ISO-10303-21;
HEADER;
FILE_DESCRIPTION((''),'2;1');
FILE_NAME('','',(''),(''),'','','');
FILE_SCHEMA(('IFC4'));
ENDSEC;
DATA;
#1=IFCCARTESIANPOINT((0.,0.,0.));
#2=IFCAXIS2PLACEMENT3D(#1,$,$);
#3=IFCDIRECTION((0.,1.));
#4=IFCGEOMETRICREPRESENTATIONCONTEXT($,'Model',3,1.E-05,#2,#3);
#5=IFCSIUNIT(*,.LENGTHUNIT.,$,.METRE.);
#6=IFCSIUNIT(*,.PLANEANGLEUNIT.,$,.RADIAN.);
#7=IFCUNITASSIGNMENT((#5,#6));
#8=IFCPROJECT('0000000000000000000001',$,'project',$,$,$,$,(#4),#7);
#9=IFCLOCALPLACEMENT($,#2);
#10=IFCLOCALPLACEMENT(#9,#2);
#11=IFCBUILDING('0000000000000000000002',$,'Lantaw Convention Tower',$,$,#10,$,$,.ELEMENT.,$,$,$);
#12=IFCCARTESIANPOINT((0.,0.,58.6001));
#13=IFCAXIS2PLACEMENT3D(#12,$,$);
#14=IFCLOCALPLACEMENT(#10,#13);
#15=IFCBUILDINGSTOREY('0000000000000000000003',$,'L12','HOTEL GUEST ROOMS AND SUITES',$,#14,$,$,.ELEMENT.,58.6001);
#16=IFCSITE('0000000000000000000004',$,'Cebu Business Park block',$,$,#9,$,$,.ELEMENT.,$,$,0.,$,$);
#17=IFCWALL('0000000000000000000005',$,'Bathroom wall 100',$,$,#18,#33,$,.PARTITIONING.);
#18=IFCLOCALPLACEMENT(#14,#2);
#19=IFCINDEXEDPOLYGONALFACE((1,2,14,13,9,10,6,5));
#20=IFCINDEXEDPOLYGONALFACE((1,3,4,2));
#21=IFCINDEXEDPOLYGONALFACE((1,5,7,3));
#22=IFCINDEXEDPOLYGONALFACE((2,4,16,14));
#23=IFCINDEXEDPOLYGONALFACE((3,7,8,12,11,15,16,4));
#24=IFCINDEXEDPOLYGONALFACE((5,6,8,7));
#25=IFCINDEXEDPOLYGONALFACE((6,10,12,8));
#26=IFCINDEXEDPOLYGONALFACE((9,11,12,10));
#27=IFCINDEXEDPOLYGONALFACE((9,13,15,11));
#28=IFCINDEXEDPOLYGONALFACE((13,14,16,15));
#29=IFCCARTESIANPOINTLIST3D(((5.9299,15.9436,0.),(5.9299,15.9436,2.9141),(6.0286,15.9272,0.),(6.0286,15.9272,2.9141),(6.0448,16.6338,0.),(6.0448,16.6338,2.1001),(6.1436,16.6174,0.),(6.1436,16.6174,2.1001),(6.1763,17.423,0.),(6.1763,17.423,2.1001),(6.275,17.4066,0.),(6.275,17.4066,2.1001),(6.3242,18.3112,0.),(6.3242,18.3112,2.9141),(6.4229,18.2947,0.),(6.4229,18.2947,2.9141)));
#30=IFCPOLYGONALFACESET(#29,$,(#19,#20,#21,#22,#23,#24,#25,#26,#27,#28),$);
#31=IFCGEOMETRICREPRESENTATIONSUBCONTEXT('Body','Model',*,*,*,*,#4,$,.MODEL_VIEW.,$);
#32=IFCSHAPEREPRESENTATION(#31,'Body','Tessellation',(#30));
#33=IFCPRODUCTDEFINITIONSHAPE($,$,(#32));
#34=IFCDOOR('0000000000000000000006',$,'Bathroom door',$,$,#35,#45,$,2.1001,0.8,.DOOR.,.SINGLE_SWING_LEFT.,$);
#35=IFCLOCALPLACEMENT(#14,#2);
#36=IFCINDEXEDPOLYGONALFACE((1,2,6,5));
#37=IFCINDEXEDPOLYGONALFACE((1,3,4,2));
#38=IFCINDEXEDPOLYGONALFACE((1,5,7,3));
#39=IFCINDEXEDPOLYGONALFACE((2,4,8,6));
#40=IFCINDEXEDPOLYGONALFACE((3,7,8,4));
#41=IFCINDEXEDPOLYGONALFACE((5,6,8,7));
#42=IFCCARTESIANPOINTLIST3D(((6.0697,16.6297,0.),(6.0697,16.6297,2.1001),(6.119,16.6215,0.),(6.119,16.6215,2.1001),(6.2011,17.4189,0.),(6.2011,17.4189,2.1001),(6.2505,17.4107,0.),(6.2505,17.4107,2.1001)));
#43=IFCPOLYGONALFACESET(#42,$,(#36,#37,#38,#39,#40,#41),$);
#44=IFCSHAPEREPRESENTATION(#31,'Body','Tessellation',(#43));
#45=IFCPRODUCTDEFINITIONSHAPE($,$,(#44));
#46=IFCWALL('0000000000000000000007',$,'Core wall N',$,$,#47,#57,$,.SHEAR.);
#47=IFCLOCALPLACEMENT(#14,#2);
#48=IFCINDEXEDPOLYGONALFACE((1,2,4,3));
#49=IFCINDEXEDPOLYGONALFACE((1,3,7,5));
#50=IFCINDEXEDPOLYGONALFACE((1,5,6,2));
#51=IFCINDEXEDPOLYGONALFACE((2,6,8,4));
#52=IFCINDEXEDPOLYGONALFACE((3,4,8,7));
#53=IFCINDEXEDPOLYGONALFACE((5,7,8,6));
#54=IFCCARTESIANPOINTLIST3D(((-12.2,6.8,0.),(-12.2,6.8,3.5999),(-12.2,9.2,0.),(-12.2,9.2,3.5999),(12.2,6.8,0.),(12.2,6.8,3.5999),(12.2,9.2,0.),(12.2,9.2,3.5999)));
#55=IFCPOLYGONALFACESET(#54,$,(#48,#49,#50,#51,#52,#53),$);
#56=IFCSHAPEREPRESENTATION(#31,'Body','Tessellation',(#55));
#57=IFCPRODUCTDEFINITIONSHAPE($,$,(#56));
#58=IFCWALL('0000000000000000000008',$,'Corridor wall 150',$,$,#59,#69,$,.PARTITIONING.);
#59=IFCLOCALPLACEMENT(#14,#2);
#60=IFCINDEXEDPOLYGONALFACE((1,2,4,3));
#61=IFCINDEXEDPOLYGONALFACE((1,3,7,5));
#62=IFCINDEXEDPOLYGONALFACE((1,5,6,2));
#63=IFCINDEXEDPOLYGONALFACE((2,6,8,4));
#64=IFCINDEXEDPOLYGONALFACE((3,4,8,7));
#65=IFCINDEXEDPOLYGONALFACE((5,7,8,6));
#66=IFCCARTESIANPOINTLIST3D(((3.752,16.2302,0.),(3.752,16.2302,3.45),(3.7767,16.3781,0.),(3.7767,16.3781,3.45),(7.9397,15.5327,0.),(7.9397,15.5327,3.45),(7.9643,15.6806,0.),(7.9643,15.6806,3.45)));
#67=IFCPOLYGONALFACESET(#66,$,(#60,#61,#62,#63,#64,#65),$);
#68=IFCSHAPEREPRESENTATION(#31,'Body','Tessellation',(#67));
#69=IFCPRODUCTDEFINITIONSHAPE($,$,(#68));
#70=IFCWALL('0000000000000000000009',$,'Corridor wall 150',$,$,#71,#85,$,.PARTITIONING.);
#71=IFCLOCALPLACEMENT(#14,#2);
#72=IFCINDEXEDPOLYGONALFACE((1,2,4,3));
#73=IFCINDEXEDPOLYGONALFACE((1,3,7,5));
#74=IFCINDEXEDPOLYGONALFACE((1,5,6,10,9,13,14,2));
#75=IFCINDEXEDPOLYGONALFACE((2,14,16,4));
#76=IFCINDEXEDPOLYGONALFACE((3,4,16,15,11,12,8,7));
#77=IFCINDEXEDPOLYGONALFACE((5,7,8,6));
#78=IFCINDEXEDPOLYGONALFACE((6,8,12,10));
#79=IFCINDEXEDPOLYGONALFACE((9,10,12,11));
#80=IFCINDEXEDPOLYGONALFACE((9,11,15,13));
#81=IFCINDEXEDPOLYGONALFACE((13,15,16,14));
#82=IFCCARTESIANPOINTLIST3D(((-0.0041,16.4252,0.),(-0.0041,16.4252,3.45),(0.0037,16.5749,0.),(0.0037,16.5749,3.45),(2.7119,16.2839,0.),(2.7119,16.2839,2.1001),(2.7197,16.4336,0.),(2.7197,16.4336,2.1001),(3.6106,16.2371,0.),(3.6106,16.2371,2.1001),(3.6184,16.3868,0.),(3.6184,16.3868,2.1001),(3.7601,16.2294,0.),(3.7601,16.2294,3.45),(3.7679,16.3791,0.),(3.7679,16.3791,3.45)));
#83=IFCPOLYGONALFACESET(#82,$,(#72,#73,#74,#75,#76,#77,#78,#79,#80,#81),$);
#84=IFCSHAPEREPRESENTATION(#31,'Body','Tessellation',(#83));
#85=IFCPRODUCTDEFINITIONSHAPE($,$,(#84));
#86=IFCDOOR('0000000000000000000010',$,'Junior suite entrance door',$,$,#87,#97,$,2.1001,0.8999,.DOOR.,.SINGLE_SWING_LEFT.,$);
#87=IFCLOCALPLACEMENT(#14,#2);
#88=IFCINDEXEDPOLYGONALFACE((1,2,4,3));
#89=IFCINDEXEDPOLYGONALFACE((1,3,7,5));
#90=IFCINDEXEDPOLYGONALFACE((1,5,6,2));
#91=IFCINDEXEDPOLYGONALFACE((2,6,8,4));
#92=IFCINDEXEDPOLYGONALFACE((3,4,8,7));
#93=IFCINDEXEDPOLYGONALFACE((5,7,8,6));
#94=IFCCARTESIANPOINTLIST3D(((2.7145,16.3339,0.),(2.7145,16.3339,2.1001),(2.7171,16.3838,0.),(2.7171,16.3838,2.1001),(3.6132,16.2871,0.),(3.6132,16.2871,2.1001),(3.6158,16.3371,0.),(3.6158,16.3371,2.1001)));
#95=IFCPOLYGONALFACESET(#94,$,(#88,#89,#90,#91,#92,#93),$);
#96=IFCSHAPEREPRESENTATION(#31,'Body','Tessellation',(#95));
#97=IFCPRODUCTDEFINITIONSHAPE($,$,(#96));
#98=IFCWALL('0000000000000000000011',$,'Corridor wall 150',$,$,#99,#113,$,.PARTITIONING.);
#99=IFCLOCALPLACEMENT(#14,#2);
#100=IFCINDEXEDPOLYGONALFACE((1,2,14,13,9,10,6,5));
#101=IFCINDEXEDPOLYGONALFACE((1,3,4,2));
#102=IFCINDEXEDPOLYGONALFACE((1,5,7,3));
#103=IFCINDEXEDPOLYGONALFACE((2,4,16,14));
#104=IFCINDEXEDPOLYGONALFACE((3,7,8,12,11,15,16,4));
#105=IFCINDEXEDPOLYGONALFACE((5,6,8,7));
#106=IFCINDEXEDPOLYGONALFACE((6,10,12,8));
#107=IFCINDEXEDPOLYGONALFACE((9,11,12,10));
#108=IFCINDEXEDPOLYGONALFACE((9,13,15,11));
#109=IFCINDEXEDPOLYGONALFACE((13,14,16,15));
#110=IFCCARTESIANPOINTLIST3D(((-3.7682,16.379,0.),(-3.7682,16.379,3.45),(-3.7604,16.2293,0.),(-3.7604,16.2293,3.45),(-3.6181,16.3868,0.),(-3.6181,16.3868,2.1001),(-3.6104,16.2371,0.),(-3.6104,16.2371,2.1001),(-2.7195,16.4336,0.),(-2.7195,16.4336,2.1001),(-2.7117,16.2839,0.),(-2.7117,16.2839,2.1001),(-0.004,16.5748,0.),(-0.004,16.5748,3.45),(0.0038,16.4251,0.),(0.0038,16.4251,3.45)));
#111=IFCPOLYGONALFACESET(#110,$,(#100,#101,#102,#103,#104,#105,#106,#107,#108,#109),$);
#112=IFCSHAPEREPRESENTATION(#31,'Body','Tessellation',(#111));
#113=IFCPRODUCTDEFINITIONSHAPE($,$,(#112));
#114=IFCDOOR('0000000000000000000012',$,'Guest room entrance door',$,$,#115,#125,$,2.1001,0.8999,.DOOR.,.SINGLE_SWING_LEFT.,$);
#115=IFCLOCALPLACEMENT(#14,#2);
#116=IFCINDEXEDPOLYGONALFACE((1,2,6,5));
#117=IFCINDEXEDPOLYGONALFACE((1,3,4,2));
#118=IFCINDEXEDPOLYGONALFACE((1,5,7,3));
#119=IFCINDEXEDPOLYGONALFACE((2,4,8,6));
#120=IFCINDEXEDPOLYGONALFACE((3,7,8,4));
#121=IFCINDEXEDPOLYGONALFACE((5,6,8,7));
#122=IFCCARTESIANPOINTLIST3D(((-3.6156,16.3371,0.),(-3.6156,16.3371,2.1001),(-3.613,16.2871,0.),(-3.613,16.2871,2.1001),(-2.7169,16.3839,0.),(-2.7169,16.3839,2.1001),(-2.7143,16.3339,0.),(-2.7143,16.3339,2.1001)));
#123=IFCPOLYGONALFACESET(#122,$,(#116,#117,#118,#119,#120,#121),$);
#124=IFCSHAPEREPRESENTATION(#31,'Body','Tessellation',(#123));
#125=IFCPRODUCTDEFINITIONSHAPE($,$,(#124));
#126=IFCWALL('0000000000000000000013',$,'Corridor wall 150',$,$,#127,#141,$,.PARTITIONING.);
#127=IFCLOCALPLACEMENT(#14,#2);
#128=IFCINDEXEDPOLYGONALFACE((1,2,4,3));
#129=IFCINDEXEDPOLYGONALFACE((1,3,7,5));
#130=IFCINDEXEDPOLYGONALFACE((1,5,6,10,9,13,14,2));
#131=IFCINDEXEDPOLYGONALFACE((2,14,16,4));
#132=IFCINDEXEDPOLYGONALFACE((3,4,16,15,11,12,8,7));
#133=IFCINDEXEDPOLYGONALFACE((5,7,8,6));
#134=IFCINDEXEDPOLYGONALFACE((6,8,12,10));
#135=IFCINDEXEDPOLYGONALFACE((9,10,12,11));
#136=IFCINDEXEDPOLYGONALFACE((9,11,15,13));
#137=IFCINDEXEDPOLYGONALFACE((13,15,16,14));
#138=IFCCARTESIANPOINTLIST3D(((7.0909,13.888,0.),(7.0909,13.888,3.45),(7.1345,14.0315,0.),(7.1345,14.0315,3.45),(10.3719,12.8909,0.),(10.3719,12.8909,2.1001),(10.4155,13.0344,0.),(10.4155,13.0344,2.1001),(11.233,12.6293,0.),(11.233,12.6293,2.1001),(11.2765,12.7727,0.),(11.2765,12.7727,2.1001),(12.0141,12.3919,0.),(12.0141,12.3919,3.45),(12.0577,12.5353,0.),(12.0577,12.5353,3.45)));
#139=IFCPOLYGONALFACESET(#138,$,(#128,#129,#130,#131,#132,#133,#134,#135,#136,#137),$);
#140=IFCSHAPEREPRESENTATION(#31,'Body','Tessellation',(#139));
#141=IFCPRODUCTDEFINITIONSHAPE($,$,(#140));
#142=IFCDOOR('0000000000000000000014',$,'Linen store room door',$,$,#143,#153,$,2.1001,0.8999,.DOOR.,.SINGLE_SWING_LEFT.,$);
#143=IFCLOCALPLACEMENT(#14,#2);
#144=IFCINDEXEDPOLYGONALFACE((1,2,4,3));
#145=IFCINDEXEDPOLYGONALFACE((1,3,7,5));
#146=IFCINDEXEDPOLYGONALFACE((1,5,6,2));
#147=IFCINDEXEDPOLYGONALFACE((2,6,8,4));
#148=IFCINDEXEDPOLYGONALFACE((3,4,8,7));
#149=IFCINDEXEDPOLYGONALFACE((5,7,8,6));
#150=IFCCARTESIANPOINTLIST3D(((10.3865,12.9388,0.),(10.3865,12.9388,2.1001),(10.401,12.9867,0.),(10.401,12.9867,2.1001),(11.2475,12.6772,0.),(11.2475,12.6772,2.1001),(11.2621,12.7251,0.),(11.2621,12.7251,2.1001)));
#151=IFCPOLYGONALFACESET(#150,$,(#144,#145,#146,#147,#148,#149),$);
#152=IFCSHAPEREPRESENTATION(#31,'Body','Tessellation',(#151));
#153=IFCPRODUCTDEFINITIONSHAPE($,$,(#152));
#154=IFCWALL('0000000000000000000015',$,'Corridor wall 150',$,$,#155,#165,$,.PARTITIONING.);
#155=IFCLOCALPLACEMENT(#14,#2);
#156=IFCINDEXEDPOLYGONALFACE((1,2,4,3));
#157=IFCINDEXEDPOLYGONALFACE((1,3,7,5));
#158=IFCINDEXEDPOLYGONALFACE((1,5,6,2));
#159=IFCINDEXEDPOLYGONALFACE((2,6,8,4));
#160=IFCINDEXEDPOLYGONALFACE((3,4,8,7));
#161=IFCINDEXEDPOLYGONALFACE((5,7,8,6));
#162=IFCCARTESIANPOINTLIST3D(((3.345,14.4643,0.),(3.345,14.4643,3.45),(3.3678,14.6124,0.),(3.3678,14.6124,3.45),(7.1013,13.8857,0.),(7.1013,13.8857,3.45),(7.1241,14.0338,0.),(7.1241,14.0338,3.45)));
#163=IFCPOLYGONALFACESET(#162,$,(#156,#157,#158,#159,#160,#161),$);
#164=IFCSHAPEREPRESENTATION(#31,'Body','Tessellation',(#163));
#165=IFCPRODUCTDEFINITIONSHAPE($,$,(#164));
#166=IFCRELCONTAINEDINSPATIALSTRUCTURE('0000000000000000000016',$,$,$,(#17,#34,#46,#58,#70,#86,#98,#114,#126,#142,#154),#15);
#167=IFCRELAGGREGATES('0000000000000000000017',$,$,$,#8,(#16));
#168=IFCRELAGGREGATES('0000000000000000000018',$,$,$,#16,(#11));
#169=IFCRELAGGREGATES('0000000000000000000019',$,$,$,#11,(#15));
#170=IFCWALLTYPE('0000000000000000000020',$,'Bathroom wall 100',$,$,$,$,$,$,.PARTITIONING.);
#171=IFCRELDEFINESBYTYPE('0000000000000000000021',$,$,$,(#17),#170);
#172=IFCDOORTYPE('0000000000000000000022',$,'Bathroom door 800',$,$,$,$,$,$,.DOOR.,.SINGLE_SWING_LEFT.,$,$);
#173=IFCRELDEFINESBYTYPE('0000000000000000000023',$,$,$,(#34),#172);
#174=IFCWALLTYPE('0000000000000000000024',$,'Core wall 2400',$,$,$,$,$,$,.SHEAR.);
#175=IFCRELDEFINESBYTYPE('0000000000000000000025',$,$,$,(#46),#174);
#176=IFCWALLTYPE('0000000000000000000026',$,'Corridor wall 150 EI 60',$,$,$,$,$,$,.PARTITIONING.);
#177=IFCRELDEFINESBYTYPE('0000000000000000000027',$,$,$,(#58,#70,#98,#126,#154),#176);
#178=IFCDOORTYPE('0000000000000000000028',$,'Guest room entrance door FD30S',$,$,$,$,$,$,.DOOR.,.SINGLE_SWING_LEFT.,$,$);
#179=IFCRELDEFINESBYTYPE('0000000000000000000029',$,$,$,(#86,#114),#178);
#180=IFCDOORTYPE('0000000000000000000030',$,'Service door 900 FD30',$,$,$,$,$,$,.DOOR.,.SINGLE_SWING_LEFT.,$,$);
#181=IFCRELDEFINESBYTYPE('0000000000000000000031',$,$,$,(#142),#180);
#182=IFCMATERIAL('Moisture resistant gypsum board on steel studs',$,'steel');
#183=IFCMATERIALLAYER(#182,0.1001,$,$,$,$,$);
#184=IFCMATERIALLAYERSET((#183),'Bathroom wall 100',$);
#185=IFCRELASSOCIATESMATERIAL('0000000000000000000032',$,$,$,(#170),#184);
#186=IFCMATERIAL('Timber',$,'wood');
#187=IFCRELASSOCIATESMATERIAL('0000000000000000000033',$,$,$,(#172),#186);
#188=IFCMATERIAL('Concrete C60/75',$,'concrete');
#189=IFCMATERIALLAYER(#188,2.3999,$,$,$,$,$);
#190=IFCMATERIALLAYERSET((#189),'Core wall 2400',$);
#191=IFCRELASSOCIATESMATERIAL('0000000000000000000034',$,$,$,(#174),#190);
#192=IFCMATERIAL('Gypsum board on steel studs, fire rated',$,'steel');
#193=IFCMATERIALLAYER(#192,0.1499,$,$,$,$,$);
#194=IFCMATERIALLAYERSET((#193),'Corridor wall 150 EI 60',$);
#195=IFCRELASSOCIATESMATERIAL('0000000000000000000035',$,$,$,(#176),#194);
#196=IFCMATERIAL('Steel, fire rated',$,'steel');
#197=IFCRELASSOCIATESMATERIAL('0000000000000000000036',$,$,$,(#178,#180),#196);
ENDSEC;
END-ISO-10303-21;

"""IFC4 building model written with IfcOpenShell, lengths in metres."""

from ifc_helpers import new_model, si_unit, direction, frame, frame_2d, origin, place, context, subcontext, project, spatial, rectangle, extrude, material, layer, layer_set, type_object, element, fill, save


model = new_model("IFC4")

# Units and contexts
model_context = context("Model", 3, precision=1e-05, world=origin(), true_north=direction((0.0, 1.0)))
body_context = subcontext(model_context, "Body", "Model", "MODEL_VIEW")
ifc_project = project(units=[si_unit("LENGTHUNIT", "METRE"), si_unit("PLANEANGLEUNIT", "RADIAN")], contexts=[model_context])

# Site, building, storey
site_placement = place(None, origin())
site = spatial("IfcSite", under=ifc_project, at=site_placement, Name="Cebu Business Park block", CompositionType="ELEMENT", RefElevation=0.0)
building_placement = place(site_placement, origin())
building = spatial("IfcBuilding", under=site, at=building_placement, Name="Lantaw Convention Tower", CompositionType="ELEMENT")
storey_placement = place(building_placement, frame((0.0, 0.0, 58.6001)))
storey = spatial("IfcBuildingStorey", under=building, at=storey_placement, Name="L12", Description="HOTEL GUEST ROOMS AND SUITES", CompositionType="ELEMENT", Elevation=58.6001)

# Wall, opening, door
ifc_material_1 = material(Name="Moisture resistant gypsum board on steel studs", Category="steel")
ifc_layer_1 = layer(ifc_material_1, 0.1001)
ifc_layer_set_1 = layer_set([ifc_layer_1], Name="Bathroom wall 100")
wall_type_1 = type_object("IfcWallType", Name="Bathroom wall 100", PredefinedType="PARTITIONING", material=ifc_layer_set_1)
wall_1_placement = place(storey_placement, frame((5.9792, 15.9353, 0.0), z_axis=(0.0, 0.0, 1.0), x_axis=(0.164284, 0.986413, 0.0)))
wall_1 = element("IfcWall", 1, at=wall_1_placement, inside=storey, type_object=wall_type_1, Name="Bathroom wall 100", PredefinedType="PARTITIONING", context=body_context, shape_type="SweptSolid", body=[
    extrude(rectangle(XDim=2.4001, YDim=0.1001, at=frame_2d((1.2002, 0.0))), origin(), (0.0, 0.0, 1.0), 2.9141),
])
opening_1_placement = place(wall_1_placement, frame((0.7, 0.0, 0.0)))
opening_1 = element("IfcOpeningElement", 2, at=opening_1_placement, cuts=wall_1, PredefinedType="OPENING", context=body_context, shape_type="SweptSolid", body=[
    extrude(rectangle(XDim=0.8, YDim=2.1001, at=frame_2d((0.3999, 1.05))), frame((0.0, 0.0601, 0.0), z_axis=(0.0, -1.0, 0.0), x_axis=(1.0, 0.0, 0.0)), (0.0, 0.0, 1.0), 0.1201),
])
ifc_material_2 = material(Name="Timber", Category="wood")
door_type_1 = type_object("IfcDoorType", Name="Bathroom door 800", OperationType="SINGLE_SWING_LEFT", PredefinedType="DOOR", material=ifc_material_2)
door_1_placement = place(opening_1_placement, origin())
door_1 = element("IfcDoor", 3, at=door_1_placement, inside=storey, type_object=door_type_1, Name="Bathroom door", OperationType="SINGLE_SWING_LEFT", OverallHeight=2.1001, OverallWidth=0.8, PredefinedType="DOOR", context=body_context, shape_type="SweptSolid", body=[
    extrude(rectangle(XDim=0.8, YDim=2.1001, at=frame_2d((0.3999, 1.05))), frame((0.0, 0.0249, 0.0), z_axis=(0.0, -1.0, 0.0), x_axis=(1.0, 0.0, 0.0)), (0.0, 0.0, 1.0), 0.05),
])
fill(opening_1, door_1)

# Walls
ifc_material_3 = material(Name="Concrete C60/75", Category="concrete")
ifc_layer_2 = layer(ifc_material_3, 2.3999)
ifc_layer_set_2 = layer_set([ifc_layer_2], Name="Core wall 2400")
wall_type_2 = type_object("IfcWallType", Name="Core wall 2400", PredefinedType="SHEAR", material=ifc_layer_set_2)
wall_2_placement = place(storey_placement, frame((12.2, 8.0, 0.0), z_axis=(0.0, 0.0, 1.0), x_axis=(-1.0, 0.0, 0.0)))
element("IfcWall", 4, at=wall_2_placement, inside=storey, type_object=wall_type_2, Name="Core wall N", PredefinedType="SHEAR", context=body_context, shape_type="SweptSolid", body=[
    extrude(rectangle(XDim=24.3999, YDim=2.3999, at=frame_2d((12.2, 0.0))), origin(), (0.0, 0.0, 1.0), 3.5999),
])
ifc_material_4 = material(Name="Gypsum board on steel studs, fire rated", Category="steel")
ifc_layer_3 = layer(ifc_material_4, 0.1499)
ifc_layer_set_3 = layer_set([ifc_layer_3], Name="Corridor wall 150 EI 60")
wall_type_3 = type_object("IfcWallType", Name="Corridor wall 150 EI 60", PredefinedType="PARTITIONING", material=ifc_layer_set_3)
wall_3_placement = place(storey_placement, frame((7.9519, 15.6067, 0.0), z_axis=(0.0, 0.0, 1.0), x_axis=(-0.986411, 0.164296, 0.0)))
element("IfcWall", 5, at=wall_3_placement, inside=storey, type_object=wall_type_3, Name="Corridor wall 150", PredefinedType="PARTITIONING", context=body_context, shape_type="SweptSolid", body=[
    extrude(rectangle(XDim=4.2454, YDim=0.1499, at=frame_2d((2.1226, 0.0))), origin(), (0.0, 0.0, 1.0), 3.45),
])

# Walls, openings, doors
wall_4_placement = place(storey_placement, frame((3.7642, 16.3042, 0.0), z_axis=(0.0, 0.0, 1.0), x_axis=(-0.99865, 0.051947, 0.0)))
wall_4 = element("IfcWall", 6, at=wall_4_placement, inside=storey, type_object=wall_type_3, Name="Corridor wall 150", PredefinedType="PARTITIONING", context=body_context, shape_type="SweptSolid", body=[
    extrude(rectangle(XDim=3.7693, YDim=0.1499, at=frame_2d((1.8848, 0.0))), origin(), (0.0, 0.0, 1.0), 3.45),
])
opening_2_placement = place(wall_4_placement, frame((0.1499, 0.0, 0.0)))
opening_2 = element("IfcOpeningElement", 7, at=opening_2_placement, cuts=wall_4, PredefinedType="OPENING", context=body_context, shape_type="SweptSolid", body=[
    extrude(rectangle(XDim=0.8999, YDim=2.1001, at=frame_2d((0.45, 1.05))), frame((0.0, 0.085, 0.0), z_axis=(0.0, -1.0, 0.0), x_axis=(1.0, 0.0, 0.0)), (0.0, 0.0, 1.0), 0.1699),
])
ifc_material_5 = material(Name="Steel, fire rated", Category="steel")
door_type_2 = type_object("IfcDoorType", Name="Guest room entrance door FD30S", OperationType="SINGLE_SWING_LEFT", PredefinedType="DOOR", material=ifc_material_5)
door_2_placement = place(opening_2_placement, origin())
door_2 = element("IfcDoor", 8, at=door_2_placement, inside=storey, type_object=door_type_2, Name="Junior suite entrance door", OperationType="SINGLE_SWING_LEFT", OverallHeight=2.1001, OverallWidth=0.8999, PredefinedType="DOOR", context=body_context, shape_type="SweptSolid", body=[
    extrude(rectangle(XDim=0.8999, YDim=2.1001, at=frame_2d((0.45, 1.05))), frame((0.0, 0.0249, 0.0), z_axis=(0.0, -1.0, 0.0), x_axis=(1.0, 0.0, 0.0)), (0.0, 0.0, 1.0), 0.05),
])
fill(opening_2, door_2)
wall_5_placement = place(storey_placement, frame((0.0, 16.5, 0.0), z_axis=(0.0, 0.0, 1.0), x_axis=(-0.99865, -0.051947, 0.0)))
wall_5 = element("IfcWall", 9, at=wall_5_placement, inside=storey, type_object=wall_type_3, Name="Corridor wall 150", PredefinedType="PARTITIONING", context=body_context, shape_type="SweptSolid", body=[
    extrude(rectangle(XDim=3.7693, YDim=0.1499, at=frame_2d((1.8848, 0.0))), origin(), (0.0, 0.0, 1.0), 3.45),
])
opening_3_placement = place(wall_5_placement, frame((2.7192, 0.0, 0.0)))
opening_3 = element("IfcOpeningElement", 10, at=opening_3_placement, cuts=wall_5, PredefinedType="OPENING", context=body_context, shape_type="SweptSolid", body=[
    extrude(rectangle(XDim=0.8999, YDim=2.1001, at=frame_2d((0.45, 1.05))), frame((0.0, 0.085, 0.0), z_axis=(0.0, -1.0, 0.0), x_axis=(1.0, 0.0, 0.0)), (0.0, 0.0, 1.0), 0.1699),
])
door_3_placement = place(opening_3_placement, origin())
door_3 = element("IfcDoor", 11, at=door_3_placement, inside=storey, type_object=door_type_2, Name="Guest room entrance door", OperationType="SINGLE_SWING_LEFT", OverallHeight=2.1001, OverallWidth=0.8999, PredefinedType="DOOR", context=body_context, shape_type="SweptSolid", body=[
    extrude(rectangle(XDim=0.8999, YDim=2.1001, at=frame_2d((0.45, 1.05))), frame((0.0, 0.0249, 0.0), z_axis=(0.0, -1.0, 0.0), x_axis=(1.0, 0.0, 0.0)), (0.0, 0.0, 1.0), 0.05),
])
fill(opening_3, door_3)
wall_6_placement = place(storey_placement, frame((12.0359, 12.4636, 0.0), z_axis=(0.0, 0.0, 1.0), x_axis=(-0.956795, 0.290763, 0.0)))
wall_6 = element("IfcWall", 12, at=wall_6_placement, inside=storey, type_object=wall_type_3, Name="Corridor wall 150", PredefinedType="PARTITIONING", context=body_context, shape_type="SweptSolid", body=[
    extrude(rectangle(XDim=5.1455, YDim=0.1499, at=frame_2d((2.5728, 0.0))), origin(), (0.0, 0.0, 1.0), 3.45),
])
opening_4_placement = place(wall_6_placement, frame((0.8164, 0.0, 0.0)))
opening_4 = element("IfcOpeningElement", 13, at=opening_4_placement, cuts=wall_6, PredefinedType="OPENING", context=body_context, shape_type="SweptSolid", body=[
    extrude(rectangle(XDim=0.8999, YDim=2.1001, at=frame_2d((0.45, 1.05))), frame((0.0, 0.085, 0.0), z_axis=(0.0, -1.0, 0.0), x_axis=(1.0, 0.0, 0.0)), (0.0, 0.0, 1.0), 0.1699),
])
door_type_3 = type_object("IfcDoorType", Name="Service door 900 FD30", OperationType="SINGLE_SWING_LEFT", PredefinedType="DOOR", material=ifc_material_5)
door_4_placement = place(opening_4_placement, origin())
door_4 = element("IfcDoor", 14, at=door_4_placement, inside=storey, type_object=door_type_3, Name="Linen store room door", OperationType="SINGLE_SWING_LEFT", OverallHeight=2.1001, OverallWidth=0.8999, PredefinedType="DOOR", context=body_context, shape_type="SweptSolid", body=[
    extrude(rectangle(XDim=0.8999, YDim=2.1001, at=frame_2d((0.45, 1.05))), frame((0.0, 0.0249, 0.0), z_axis=(0.0, -1.0, 0.0), x_axis=(1.0, 0.0, 0.0)), (0.0, 0.0, 1.0), 0.05),
])
fill(opening_4, door_4)

# Wall
wall_7_placement = place(storey_placement, frame((7.1128, 13.9597, 0.0), z_axis=(0.0, 0.0, 1.0), x_axis=(-0.988343, 0.152241, 0.0)))
element("IfcWall", 15, at=wall_7_placement, inside=storey, type_object=wall_type_3, Name="Corridor wall 150", PredefinedType="PARTITIONING", context=body_context, shape_type="SweptSolid", body=[
    extrude(rectangle(XDim=3.8005, YDim=0.1499, at=frame_2d((1.9004, 0.0))), origin(), (0.0, 0.0, 1.0), 3.45),
])

save(model, "model.ifc")
